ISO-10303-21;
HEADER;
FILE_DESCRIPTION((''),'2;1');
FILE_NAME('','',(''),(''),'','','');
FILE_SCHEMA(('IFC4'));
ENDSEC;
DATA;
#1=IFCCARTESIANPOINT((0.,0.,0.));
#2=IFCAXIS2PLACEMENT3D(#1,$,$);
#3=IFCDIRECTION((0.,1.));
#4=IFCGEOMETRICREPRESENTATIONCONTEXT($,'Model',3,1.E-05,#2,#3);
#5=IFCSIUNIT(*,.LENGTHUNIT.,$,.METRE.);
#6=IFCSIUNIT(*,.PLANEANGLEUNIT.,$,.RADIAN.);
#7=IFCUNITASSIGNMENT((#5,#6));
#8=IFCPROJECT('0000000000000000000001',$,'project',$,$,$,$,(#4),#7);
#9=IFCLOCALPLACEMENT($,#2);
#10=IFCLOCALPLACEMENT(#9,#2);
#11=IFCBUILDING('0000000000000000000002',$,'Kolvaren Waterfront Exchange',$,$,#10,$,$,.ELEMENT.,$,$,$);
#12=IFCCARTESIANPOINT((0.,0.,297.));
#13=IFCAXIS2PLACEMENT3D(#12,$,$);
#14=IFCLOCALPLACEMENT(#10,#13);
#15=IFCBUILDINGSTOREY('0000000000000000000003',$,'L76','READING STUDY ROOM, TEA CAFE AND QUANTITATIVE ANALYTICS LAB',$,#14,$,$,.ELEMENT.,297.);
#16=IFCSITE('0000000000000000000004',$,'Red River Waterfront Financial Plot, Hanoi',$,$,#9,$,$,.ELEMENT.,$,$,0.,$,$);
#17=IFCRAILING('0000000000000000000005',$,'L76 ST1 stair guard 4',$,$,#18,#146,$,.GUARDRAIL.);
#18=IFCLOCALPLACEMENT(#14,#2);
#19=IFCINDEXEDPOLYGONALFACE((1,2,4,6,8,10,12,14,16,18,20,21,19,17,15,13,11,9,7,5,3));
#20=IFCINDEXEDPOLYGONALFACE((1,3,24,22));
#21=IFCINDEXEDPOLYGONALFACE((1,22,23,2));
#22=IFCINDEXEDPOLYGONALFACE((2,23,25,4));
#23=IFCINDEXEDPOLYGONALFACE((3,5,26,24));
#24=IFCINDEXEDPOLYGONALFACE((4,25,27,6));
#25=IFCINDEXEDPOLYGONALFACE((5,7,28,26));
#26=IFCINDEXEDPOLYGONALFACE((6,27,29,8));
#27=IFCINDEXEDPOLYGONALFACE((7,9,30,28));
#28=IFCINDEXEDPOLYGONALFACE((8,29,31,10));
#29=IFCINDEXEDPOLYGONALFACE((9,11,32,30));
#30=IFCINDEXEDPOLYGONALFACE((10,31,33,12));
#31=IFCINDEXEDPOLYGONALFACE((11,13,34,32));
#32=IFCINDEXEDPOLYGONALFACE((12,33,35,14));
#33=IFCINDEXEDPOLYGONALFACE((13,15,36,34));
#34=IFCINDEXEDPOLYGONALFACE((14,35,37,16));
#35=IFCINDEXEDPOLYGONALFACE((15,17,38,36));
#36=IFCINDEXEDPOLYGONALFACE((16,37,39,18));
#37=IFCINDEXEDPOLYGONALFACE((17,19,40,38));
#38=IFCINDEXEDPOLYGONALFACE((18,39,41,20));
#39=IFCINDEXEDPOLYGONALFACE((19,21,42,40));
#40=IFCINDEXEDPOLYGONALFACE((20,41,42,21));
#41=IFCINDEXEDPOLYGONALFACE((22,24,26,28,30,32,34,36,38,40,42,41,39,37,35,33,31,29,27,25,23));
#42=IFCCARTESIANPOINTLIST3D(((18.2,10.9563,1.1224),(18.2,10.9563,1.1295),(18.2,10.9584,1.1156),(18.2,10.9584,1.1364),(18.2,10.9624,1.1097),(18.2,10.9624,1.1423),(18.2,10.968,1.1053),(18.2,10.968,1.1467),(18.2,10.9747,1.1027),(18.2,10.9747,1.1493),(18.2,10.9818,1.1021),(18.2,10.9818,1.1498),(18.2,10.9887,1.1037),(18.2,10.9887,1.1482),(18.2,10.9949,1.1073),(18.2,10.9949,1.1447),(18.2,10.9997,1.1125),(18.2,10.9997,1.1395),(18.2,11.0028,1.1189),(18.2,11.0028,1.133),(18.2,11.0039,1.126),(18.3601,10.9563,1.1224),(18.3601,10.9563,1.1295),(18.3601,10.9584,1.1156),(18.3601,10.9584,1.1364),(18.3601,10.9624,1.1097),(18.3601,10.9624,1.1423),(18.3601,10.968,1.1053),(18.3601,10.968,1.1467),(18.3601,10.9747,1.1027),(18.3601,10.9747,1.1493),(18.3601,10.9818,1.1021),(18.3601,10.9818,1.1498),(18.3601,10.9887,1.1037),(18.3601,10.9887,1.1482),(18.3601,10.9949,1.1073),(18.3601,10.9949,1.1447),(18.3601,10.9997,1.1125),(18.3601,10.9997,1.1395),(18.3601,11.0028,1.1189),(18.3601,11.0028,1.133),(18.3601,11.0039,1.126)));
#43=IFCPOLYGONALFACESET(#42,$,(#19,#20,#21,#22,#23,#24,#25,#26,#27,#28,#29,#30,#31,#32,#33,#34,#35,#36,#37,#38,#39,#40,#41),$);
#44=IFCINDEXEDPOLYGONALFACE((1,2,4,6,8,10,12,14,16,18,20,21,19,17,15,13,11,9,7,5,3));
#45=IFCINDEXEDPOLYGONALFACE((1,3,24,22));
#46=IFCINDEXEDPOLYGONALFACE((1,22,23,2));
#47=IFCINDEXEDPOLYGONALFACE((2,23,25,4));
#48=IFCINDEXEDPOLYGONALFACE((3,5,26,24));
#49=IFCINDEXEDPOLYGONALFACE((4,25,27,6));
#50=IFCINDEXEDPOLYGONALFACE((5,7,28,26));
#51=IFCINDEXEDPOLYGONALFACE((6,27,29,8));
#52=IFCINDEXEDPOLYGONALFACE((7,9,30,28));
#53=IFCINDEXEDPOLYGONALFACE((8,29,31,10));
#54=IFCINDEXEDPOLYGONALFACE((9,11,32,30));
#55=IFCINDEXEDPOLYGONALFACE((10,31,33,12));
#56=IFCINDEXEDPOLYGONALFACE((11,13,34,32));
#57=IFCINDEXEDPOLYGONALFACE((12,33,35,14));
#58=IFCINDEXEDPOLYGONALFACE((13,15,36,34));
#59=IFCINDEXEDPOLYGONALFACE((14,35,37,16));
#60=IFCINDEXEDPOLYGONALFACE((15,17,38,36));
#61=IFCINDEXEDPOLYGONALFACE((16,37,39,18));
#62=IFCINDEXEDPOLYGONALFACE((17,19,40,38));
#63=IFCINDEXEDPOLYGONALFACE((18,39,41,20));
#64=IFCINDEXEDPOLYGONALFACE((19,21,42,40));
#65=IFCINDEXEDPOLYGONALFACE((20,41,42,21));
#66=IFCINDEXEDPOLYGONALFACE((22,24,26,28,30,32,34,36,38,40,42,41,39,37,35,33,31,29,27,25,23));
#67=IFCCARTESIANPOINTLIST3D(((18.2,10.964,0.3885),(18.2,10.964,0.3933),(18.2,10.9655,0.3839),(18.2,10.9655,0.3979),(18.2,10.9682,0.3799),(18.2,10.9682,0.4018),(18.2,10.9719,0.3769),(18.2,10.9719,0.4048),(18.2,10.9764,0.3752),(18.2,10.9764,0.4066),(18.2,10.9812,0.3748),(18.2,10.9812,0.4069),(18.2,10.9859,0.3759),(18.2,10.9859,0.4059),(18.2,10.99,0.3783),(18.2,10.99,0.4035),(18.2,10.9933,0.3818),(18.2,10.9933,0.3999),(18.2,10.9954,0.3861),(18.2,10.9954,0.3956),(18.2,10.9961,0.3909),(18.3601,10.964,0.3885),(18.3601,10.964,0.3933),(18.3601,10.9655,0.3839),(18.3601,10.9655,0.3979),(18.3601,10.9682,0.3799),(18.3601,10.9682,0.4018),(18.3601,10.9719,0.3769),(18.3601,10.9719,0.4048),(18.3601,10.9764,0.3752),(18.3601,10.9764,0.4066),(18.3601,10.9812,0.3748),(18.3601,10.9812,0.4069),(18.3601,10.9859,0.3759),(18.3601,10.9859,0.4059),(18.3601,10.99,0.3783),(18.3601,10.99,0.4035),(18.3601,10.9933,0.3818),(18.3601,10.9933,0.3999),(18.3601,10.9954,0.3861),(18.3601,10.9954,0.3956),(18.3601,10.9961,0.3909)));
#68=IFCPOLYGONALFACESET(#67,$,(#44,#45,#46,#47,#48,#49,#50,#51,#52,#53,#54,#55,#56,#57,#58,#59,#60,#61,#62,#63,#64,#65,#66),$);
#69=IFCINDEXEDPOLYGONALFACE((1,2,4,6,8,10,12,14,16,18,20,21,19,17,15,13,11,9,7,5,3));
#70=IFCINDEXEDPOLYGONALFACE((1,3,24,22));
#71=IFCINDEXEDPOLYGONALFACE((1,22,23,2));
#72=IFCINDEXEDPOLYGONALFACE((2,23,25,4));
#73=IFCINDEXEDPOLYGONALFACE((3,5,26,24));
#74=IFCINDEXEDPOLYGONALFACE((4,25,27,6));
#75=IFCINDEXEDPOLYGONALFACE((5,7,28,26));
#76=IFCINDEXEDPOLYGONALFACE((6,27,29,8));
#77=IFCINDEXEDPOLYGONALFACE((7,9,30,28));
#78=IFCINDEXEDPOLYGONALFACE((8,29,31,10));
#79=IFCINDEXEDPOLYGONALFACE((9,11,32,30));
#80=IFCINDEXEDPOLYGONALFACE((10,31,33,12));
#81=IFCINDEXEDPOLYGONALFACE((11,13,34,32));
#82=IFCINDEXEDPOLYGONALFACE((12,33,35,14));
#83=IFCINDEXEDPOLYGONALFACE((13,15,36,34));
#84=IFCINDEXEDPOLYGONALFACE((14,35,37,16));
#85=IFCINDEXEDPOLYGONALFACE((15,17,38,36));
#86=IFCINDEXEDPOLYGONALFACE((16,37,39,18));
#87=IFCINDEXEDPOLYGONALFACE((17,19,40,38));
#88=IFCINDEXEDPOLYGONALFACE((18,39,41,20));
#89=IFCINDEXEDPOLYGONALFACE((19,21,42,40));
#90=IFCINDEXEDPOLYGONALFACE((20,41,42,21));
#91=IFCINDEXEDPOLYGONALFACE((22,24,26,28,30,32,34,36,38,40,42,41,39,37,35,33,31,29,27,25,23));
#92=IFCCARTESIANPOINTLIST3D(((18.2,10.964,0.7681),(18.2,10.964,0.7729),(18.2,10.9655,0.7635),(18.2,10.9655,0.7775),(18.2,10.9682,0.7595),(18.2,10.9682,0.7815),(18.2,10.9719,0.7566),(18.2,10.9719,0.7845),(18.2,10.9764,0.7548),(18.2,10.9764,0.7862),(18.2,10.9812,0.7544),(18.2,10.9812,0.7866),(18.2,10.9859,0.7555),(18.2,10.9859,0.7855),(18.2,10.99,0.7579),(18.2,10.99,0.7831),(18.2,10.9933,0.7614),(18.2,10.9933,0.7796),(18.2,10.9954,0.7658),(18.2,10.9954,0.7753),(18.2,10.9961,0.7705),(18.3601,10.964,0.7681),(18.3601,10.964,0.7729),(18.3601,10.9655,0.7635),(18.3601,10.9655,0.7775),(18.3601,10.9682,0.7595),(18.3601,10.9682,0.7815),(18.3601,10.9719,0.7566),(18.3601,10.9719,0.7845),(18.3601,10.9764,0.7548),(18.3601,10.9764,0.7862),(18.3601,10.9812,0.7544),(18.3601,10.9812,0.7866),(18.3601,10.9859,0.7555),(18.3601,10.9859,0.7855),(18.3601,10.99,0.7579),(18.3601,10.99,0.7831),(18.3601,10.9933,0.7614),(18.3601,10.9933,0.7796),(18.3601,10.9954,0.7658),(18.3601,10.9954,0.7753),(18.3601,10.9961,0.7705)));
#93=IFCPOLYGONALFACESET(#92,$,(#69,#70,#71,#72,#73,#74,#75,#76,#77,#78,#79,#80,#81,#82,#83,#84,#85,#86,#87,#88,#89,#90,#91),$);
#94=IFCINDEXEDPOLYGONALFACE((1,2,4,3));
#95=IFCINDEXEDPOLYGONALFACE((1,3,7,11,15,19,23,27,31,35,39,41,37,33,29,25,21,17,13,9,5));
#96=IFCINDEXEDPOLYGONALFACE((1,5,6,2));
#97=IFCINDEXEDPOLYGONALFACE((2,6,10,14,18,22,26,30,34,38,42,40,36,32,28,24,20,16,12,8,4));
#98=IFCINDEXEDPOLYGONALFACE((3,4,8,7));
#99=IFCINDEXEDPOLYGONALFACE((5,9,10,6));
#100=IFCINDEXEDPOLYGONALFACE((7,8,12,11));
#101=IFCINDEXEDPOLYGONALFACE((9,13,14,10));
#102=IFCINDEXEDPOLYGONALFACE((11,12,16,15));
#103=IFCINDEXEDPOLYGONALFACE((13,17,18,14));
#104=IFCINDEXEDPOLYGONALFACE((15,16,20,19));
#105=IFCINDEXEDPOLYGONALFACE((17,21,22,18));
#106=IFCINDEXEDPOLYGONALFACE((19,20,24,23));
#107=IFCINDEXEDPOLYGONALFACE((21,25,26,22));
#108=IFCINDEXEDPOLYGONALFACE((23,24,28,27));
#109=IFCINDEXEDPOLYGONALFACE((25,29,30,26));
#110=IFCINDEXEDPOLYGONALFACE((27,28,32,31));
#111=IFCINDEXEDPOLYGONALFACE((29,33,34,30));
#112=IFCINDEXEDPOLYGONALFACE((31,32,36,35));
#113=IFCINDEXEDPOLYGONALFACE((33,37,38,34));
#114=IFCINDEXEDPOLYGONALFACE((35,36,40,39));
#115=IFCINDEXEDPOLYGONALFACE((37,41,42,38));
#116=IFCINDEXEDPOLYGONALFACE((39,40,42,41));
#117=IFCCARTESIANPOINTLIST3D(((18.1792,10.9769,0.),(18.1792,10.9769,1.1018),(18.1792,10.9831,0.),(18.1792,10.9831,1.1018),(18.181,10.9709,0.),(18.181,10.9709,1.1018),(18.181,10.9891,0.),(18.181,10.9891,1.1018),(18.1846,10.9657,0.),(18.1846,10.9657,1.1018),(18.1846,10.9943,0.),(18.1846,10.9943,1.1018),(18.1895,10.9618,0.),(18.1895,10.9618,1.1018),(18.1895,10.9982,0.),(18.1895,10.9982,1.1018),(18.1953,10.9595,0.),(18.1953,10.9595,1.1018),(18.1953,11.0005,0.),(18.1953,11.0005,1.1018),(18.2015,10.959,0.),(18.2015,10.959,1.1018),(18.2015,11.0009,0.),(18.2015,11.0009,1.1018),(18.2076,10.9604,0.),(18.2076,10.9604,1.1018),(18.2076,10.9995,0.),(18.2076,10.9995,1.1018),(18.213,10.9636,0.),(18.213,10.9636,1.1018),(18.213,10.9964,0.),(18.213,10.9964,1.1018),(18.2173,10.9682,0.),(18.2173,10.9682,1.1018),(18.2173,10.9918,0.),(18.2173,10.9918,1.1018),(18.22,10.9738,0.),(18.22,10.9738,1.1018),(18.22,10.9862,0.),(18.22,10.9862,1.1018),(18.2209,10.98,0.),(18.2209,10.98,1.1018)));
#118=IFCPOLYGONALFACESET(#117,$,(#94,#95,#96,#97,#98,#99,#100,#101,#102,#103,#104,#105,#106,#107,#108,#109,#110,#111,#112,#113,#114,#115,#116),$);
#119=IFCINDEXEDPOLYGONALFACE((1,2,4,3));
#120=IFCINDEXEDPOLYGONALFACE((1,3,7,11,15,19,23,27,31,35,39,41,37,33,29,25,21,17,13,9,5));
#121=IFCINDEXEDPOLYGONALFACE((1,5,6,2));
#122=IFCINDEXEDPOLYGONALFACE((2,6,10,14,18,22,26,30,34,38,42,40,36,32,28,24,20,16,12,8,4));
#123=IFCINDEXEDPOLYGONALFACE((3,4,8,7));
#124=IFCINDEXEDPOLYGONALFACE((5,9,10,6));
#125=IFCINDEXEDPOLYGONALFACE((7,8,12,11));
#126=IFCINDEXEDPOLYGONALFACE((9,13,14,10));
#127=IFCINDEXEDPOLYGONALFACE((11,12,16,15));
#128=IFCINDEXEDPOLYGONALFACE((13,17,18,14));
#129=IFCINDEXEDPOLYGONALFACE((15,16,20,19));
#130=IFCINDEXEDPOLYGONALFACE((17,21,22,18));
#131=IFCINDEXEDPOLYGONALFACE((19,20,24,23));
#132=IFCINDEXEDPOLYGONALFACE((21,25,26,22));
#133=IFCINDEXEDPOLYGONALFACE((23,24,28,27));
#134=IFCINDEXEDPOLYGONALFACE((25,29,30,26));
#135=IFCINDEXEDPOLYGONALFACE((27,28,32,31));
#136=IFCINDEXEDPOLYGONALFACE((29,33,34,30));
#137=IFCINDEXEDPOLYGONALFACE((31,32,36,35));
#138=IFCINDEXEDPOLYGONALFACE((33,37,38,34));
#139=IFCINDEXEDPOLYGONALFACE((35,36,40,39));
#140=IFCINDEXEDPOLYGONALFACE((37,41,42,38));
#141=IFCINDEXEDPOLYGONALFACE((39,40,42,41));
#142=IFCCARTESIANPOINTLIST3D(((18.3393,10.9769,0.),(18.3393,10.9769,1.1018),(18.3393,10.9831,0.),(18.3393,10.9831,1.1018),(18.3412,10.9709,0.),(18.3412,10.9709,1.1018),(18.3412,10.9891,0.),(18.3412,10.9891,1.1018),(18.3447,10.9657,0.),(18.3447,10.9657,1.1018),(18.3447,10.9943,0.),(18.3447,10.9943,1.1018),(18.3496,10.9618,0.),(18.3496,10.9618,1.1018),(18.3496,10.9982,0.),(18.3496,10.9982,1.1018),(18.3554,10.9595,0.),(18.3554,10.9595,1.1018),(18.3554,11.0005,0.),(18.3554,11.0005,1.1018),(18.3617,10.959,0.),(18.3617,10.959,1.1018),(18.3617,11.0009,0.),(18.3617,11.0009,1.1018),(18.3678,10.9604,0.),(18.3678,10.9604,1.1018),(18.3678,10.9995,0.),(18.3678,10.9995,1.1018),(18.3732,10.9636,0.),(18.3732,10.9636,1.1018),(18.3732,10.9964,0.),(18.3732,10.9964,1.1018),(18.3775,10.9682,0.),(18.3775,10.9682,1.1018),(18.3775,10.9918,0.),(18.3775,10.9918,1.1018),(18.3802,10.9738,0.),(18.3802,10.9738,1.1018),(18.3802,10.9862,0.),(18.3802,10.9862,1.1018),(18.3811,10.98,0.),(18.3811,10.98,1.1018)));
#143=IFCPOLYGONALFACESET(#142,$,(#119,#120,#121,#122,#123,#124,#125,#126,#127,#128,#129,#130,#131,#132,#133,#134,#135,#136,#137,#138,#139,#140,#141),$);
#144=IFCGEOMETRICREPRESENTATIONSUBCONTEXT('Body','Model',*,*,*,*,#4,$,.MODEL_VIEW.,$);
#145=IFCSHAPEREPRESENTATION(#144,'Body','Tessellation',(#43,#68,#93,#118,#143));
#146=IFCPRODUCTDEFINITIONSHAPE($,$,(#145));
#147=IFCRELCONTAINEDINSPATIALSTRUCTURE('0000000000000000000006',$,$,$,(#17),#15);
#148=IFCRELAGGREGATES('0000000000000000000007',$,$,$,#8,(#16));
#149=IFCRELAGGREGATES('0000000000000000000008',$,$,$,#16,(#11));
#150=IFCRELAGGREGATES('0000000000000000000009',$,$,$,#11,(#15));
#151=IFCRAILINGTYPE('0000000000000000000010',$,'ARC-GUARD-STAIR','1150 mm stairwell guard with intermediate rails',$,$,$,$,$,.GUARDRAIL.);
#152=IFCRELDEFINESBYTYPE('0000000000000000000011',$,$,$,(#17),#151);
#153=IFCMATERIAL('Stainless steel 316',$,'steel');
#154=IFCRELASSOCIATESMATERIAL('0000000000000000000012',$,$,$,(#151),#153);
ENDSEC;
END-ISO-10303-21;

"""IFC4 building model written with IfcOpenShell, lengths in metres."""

from ifc_helpers import new_model, si_unit, direction, frame, origin, origin_2d, place, context, subcontext, project, spatial, circle, extrude, material, type_object, element, save


model = new_model("IFC4")

# Units and contexts
model_context = context("Model", 3, precision=1e-05, world=origin(), true_north=direction((0.0, 1.0)))
body_context = subcontext(model_context, "Body", "Model", "MODEL_VIEW")
ifc_project = project(units=[si_unit("LENGTHUNIT", "METRE"), si_unit("PLANEANGLEUNIT", "RADIAN")], contexts=[model_context])

# Site, building, storey
site_placement = place(None, origin())
site = spatial("IfcSite", under=ifc_project, at=site_placement, Name="Red River Waterfront Financial Plot, Hanoi", CompositionType="ELEMENT", RefElevation=0.0)
building_placement = place(site_placement, origin())
building = spatial("IfcBuilding", under=site, at=building_placement, Name="Kolvaren Waterfront Exchange", CompositionType="ELEMENT")
storey_placement = place(building_placement, frame((0.0, 0.0, 297.0)))
storey = spatial("IfcBuildingStorey", under=building, at=storey_placement, Name="L76", Description="READING STUDY ROOM, TEA CAFE AND QUANTITATIVE ANALYTICS LAB", CompositionType="ELEMENT", Elevation=297.0)

# Railing
ifc_material_1 = material(Name="Stainless steel 316", Category="steel")
railing_type_1 = type_object("IfcRailingType", Name="ARC-GUARD-STAIR", Description="1150 mm stairwell guard with intermediate rails", PredefinedType="GUARDRAIL", material=ifc_material_1)
railing_1_placement = place(storey_placement, frame((18.2, 10.98, 0.0)))
element("IfcRailing", 1, at=railing_1_placement, inside=storey, type_object=railing_type_1, Name="L76 ST1 stair guard 4", PredefinedType="GUARDRAIL", context=body_context, shape_type="SweptSolid", body=[
    extrude(circle(Radius=0.0239, at=origin_2d()), frame((0.0, 0.0, 1.126), z_axis=(1.0, 0.0, 0.0), x_axis=(0.0, 1.0, 0.0)), (0.0, 0.0, 1.0), 0.1602),
    extrude(circle(Radius=0.0161, at=origin_2d()), frame((0.0, 0.0, 0.3909), z_axis=(1.0, 0.0, 0.0), x_axis=(0.0, 1.0, 0.0)), (0.0, 0.0, 1.0), 0.1602),
    extrude(circle(Radius=0.0161, at=origin_2d()), frame((0.0, 0.0, 0.7705), z_axis=(1.0, 0.0, 0.0), x_axis=(0.0, 1.0, 0.0)), (0.0, 0.0, 1.0), 0.1602),
    extrude(circle(Radius=0.021, at=origin_2d()), origin(), (0.0, 0.0, 1.0), 1.1018),
    extrude(circle(Radius=0.021, at=origin_2d()), frame((0.1602, 0.0, 0.0)), (0.0, 0.0, 1.0), 1.1018),
])

save(model, "model.ifc")
